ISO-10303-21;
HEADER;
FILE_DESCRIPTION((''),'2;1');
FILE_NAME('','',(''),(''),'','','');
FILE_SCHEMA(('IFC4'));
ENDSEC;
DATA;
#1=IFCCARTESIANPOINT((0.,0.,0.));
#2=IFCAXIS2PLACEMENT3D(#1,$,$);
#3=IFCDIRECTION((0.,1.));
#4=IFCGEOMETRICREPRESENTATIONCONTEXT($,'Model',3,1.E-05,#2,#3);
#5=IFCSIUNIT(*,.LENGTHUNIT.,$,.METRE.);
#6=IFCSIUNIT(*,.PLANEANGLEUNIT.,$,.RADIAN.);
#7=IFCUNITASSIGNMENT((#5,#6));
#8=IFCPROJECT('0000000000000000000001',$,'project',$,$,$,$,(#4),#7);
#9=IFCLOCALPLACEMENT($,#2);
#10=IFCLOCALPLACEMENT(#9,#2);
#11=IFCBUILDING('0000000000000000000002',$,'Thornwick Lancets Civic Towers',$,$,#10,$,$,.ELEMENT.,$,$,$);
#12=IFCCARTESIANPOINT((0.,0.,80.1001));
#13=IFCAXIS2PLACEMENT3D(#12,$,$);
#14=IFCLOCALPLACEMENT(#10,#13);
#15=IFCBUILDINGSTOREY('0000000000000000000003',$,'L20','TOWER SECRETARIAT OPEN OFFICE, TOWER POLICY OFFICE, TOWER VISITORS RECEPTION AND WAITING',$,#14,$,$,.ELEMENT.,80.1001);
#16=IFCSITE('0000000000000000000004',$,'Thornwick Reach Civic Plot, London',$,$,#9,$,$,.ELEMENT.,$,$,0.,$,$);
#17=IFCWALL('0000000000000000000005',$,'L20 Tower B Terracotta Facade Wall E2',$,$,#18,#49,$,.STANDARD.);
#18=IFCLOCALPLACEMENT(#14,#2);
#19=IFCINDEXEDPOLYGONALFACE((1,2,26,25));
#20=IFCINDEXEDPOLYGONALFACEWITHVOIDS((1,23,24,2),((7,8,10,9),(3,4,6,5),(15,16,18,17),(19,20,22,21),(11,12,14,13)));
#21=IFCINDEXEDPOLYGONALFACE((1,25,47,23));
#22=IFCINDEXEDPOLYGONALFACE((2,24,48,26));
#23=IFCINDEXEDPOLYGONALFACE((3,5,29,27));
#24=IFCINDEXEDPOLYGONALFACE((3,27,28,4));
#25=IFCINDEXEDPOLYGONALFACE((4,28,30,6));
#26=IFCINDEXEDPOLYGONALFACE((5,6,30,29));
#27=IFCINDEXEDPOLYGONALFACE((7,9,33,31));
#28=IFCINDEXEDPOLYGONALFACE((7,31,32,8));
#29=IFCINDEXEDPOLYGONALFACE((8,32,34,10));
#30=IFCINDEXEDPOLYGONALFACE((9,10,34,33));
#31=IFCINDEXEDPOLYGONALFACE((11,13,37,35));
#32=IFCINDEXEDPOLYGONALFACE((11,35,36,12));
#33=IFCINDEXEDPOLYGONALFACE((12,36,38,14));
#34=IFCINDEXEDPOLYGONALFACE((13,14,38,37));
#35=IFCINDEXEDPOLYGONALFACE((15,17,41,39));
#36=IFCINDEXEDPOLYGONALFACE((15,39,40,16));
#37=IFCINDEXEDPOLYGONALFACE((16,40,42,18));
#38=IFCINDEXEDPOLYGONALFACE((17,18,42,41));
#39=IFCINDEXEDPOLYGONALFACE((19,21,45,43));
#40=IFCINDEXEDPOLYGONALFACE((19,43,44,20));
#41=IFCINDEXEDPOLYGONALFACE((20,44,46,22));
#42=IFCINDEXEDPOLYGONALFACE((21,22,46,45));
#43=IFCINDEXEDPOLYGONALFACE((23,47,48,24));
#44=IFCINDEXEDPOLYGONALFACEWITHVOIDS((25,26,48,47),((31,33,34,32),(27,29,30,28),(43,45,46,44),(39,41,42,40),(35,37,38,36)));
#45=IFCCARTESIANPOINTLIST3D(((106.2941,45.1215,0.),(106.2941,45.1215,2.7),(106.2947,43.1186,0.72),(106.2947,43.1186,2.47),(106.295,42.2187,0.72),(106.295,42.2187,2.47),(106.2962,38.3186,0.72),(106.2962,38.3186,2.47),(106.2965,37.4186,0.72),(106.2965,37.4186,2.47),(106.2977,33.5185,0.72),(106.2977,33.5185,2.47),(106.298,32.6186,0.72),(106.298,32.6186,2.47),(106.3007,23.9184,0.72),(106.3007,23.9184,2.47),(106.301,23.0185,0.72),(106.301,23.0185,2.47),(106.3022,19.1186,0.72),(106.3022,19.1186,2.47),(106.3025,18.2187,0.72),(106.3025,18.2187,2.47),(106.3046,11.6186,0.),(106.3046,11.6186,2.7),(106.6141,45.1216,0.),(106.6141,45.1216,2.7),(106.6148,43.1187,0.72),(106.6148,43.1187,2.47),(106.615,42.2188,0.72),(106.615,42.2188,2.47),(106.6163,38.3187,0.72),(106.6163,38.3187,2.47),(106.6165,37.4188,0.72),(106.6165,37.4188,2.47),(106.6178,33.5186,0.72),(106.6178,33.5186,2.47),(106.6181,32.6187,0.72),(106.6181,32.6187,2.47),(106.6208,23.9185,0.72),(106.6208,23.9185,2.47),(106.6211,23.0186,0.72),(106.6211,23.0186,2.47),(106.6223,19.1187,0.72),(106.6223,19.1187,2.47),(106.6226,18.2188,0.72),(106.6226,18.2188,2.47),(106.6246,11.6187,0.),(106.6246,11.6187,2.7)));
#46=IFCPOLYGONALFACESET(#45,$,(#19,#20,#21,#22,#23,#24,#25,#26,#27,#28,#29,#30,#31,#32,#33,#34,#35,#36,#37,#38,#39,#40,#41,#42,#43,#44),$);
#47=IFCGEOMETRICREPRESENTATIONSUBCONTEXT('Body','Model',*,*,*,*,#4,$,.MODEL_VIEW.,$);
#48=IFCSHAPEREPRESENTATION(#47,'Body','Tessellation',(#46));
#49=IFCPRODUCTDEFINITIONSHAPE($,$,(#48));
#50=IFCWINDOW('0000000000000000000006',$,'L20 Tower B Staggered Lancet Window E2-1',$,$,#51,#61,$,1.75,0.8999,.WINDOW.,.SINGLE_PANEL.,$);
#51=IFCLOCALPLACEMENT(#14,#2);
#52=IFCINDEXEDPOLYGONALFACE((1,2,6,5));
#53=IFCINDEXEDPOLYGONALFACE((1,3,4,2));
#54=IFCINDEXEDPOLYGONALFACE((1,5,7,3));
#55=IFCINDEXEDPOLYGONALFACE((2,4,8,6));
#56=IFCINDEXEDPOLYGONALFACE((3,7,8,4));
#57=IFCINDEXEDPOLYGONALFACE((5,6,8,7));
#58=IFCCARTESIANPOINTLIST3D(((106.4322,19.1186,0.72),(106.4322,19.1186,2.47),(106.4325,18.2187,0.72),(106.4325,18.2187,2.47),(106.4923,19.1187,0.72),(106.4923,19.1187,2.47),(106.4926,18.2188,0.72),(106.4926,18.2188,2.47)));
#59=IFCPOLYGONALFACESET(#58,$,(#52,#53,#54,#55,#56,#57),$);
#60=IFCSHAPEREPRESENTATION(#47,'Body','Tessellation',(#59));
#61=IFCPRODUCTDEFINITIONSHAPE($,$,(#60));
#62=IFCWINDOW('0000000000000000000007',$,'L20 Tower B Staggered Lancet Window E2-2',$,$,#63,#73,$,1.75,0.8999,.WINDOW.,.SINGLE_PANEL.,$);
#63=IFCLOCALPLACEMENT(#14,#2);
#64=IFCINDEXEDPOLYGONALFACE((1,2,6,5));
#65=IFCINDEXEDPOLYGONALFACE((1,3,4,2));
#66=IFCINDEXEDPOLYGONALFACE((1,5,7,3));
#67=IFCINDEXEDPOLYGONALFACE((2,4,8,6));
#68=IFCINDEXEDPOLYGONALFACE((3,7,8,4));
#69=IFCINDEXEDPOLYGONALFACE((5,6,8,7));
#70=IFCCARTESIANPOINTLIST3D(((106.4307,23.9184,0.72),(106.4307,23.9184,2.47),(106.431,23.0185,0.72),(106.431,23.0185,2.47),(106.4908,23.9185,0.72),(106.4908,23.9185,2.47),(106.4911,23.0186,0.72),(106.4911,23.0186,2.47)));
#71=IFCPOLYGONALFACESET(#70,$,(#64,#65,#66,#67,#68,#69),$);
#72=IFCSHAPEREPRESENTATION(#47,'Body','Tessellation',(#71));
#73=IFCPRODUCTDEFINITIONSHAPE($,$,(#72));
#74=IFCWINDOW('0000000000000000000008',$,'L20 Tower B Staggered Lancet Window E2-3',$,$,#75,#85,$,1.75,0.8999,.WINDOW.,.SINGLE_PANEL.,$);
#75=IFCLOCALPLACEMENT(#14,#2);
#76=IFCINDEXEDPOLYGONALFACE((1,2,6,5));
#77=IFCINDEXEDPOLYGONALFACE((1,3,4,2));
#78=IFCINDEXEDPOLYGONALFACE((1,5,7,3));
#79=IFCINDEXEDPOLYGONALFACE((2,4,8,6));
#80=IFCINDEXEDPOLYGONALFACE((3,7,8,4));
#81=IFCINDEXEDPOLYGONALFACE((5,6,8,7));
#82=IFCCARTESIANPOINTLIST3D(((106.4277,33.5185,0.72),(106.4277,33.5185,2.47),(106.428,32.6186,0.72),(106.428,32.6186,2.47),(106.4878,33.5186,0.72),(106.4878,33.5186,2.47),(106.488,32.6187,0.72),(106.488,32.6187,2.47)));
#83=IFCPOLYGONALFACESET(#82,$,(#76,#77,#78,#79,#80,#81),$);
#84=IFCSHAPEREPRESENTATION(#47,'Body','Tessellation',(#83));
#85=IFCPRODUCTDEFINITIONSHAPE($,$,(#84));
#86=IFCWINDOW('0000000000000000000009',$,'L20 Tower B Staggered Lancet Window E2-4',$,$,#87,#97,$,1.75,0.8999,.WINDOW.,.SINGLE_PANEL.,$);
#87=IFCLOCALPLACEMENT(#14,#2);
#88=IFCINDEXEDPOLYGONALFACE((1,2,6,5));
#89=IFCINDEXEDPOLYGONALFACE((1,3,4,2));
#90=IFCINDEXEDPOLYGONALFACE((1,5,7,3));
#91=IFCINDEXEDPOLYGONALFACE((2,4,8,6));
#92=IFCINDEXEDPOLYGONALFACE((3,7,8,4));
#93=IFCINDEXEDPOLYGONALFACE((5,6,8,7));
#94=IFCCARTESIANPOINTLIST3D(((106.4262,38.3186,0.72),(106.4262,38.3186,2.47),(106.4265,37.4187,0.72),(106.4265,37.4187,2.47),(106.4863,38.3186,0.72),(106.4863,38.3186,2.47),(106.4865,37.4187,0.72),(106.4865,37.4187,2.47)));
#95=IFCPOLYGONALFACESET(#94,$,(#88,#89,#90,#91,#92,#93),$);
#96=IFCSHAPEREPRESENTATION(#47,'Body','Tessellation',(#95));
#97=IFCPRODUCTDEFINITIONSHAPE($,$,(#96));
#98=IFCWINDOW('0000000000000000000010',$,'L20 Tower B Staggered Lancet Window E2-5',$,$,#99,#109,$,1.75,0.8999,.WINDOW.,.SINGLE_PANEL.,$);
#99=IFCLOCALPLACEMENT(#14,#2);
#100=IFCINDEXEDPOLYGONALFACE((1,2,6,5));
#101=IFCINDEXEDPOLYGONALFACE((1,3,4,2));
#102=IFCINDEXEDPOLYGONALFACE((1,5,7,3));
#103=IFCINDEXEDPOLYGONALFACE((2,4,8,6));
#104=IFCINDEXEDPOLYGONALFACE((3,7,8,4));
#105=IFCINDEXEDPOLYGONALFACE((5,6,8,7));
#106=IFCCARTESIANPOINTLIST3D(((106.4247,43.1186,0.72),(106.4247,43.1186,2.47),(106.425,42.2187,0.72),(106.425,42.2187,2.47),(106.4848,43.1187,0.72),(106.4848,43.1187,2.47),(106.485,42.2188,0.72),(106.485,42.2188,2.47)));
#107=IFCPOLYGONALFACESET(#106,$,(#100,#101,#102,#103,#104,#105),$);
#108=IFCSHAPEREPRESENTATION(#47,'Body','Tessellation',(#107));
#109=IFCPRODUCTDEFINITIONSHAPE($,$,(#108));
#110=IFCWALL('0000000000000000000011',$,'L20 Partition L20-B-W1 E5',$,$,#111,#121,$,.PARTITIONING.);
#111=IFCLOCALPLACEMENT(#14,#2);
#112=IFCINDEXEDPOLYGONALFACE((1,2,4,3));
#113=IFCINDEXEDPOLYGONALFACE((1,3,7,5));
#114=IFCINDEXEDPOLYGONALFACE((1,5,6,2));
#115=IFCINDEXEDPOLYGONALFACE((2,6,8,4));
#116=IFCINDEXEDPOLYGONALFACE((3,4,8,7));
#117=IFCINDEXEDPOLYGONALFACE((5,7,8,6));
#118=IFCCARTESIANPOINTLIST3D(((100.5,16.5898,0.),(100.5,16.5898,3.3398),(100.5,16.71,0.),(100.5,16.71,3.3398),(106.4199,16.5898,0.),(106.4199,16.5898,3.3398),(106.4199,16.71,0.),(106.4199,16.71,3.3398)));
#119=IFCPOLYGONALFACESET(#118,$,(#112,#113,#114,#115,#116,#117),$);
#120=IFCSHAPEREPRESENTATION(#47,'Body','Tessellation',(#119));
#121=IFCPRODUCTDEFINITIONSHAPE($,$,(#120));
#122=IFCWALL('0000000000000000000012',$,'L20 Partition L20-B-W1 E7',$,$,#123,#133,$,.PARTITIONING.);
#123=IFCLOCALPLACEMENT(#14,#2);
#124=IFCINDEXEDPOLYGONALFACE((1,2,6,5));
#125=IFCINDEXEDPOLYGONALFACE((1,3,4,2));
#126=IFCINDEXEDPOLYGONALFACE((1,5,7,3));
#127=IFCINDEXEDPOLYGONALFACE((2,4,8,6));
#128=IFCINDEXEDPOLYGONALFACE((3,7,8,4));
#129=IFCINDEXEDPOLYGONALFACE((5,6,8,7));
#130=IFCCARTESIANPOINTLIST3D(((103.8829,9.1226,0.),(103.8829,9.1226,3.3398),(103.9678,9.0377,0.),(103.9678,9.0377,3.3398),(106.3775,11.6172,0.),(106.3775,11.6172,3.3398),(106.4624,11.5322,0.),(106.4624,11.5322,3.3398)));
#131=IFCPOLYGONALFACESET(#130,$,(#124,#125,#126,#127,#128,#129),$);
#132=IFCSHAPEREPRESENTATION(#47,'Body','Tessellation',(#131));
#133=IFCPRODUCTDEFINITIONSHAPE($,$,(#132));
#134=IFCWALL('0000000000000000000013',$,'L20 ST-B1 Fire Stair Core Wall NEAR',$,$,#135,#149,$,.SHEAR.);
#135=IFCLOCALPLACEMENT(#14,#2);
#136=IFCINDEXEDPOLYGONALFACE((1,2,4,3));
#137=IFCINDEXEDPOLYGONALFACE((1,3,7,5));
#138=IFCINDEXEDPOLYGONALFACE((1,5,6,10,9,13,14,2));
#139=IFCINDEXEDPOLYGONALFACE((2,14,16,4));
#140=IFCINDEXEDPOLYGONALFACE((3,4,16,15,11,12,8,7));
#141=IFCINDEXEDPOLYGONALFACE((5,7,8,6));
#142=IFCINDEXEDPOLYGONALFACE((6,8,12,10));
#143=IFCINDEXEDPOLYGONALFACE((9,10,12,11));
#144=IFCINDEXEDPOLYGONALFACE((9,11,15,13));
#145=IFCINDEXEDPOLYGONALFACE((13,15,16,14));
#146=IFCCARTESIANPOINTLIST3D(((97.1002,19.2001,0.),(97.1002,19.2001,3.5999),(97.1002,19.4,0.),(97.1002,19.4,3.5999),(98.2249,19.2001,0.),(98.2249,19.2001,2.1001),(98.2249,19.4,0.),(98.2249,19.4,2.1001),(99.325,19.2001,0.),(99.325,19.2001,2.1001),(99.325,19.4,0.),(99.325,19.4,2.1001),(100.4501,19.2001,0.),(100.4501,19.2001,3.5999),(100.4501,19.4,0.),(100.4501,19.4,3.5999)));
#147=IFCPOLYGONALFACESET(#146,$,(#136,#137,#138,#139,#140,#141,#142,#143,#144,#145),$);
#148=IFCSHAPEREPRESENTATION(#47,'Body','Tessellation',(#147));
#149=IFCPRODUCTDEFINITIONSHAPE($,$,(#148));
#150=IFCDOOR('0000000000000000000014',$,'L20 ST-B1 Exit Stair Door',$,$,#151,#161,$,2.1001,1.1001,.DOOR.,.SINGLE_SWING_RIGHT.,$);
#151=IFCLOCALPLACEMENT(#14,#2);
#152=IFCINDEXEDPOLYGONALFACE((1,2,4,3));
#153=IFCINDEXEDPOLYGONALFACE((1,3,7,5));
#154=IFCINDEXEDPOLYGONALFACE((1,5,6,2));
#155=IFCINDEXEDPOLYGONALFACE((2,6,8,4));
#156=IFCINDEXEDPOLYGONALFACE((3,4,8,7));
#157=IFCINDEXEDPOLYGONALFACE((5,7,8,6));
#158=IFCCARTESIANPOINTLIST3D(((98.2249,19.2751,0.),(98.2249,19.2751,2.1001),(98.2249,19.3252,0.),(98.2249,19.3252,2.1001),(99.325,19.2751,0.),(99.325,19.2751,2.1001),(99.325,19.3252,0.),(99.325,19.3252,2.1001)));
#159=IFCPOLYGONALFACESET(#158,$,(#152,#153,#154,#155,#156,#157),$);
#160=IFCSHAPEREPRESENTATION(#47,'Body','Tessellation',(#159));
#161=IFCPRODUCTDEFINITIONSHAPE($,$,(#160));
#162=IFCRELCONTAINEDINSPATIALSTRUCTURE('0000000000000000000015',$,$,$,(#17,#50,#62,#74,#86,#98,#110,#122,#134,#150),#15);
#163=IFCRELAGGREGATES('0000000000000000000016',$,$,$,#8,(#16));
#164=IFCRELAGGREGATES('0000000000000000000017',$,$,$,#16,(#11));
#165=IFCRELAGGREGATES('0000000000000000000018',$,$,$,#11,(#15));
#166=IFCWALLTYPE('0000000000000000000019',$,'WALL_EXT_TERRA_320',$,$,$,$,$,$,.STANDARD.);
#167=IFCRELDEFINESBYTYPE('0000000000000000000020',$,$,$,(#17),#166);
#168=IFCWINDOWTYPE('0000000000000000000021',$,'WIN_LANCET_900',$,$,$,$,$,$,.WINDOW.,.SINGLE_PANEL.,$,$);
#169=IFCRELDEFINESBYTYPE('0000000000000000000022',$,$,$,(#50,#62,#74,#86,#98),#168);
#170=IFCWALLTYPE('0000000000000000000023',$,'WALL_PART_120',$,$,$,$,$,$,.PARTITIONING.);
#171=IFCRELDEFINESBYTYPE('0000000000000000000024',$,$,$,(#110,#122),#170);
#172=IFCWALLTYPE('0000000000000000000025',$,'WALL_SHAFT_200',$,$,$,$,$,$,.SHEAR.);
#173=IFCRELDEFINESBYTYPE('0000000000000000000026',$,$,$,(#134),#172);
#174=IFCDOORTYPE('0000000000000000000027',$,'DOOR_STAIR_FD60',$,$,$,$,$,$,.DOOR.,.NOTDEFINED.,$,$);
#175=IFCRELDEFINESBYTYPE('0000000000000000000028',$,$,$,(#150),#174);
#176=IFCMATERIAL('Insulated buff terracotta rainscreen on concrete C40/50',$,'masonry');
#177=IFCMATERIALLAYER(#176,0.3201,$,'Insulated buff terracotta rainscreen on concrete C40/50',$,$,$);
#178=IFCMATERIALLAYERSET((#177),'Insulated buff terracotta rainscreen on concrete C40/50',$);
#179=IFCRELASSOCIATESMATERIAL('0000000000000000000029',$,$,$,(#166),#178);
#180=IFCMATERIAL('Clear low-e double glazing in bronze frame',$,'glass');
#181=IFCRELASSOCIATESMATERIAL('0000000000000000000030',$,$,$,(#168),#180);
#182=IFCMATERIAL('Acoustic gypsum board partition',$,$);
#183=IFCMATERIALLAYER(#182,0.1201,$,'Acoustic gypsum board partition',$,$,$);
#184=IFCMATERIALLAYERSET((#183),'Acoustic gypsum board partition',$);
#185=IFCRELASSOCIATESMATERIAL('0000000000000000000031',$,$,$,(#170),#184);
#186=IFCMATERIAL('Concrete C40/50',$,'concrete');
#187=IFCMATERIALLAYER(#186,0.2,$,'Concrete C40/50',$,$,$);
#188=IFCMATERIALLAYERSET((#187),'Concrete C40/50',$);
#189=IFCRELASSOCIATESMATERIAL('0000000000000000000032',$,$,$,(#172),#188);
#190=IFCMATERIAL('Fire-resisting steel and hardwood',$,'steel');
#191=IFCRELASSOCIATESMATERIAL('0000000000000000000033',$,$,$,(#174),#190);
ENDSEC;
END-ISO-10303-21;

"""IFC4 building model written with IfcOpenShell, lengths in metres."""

from ifc_helpers import new_model, si_unit, direction, frame, frame_2d, origin, place, context, subcontext, project, spatial, rectangle, extrude, material, layer, layer_set, type_object, element, fill, save


model = new_model("IFC4")

# Units and contexts
model_context = context("Model", 3, precision=1e-05, world=origin(), true_north=direction((0.0, 1.0)))
body_context = subcontext(model_context, "Body", "Model", "MODEL_VIEW")
ifc_project = project(units=[si_unit("LENGTHUNIT", "METRE"), si_unit("PLANEANGLEUNIT", "RADIAN")], contexts=[model_context])

# Site, building, storey
site_placement = place(None, origin())
site = spatial("IfcSite", under=ifc_project, at=site_placement, Name="Thornwick Reach Civic Plot, London", CompositionType="ELEMENT", RefElevation=0.0)
building_placement = place(site_placement, origin())
building = spatial("IfcBuilding", under=site, at=building_placement, Name="Thornwick Lancets Civic Towers", CompositionType="ELEMENT")
storey_placement = place(building_placement, frame((0.0, 0.0, 80.1001)))
storey = spatial("IfcBuildingStorey", under=building, at=storey_placement, Name="L20", Description="TOWER SECRETARIAT OPEN OFFICE, TOWER POLICY OFFICE, TOWER VISITORS RECEPTION AND WAITING", CompositionType="ELEMENT", Elevation=80.1001)

# Shared definitions
ifc_material_1 = material(Name="Concrete C40/50", Category="concrete")

# Wall, openings, windows
ifc_material_2 = material(Name="Insulated buff terracotta rainscreen on concrete C40/50", Category="masonry")
ifc_layer_1 = layer(ifc_material_2, 0.3201, Name="Insulated buff terracotta rainscreen on concrete C40/50")
ifc_layer_set_1 = layer_set([ifc_layer_1], Name="Insulated buff terracotta rainscreen on concrete C40/50")
wall_type_1 = type_object("IfcWallType", Name="WALL_EXT_TERRA_320", PredefinedType="STANDARD", material=ifc_layer_set_1)
wall_1_placement = place(storey_placement, frame((106.4646, 11.6187, 0.0), z_axis=(0.0, 0.0, 1.0), x_axis=(-0.000313, 1.0, 0.0)))
wall_1 = element("IfcWall", 1, at=wall_1_placement, inside=storey, type_object=wall_type_1, Name="L20 Tower B Terracotta Facade Wall E2", PredefinedType="STANDARD", context=body_context, shape_type="SweptSolid", body=[
    extrude(rectangle(XDim=33.5029, YDim=0.3201, at=frame_2d((16.7515, 0.0))), origin(), (0.0, 0.0, 1.0), 2.7),
])
opening_1_placement = place(wall_1_placement, frame((6.6001, 0.0, 0.72)))
opening_1 = element("IfcOpeningElement", 2, at=opening_1_placement, cuts=wall_1, PredefinedType="OPENING", context=body_context, shape_type="SweptSolid", body=[
    extrude(rectangle(XDim=0.8999, YDim=1.75, at=frame_2d((0.45, 0.875))), frame((0.0, 0.1699, 0.0), z_axis=(0.0, -1.0, 0.0), x_axis=(1.0, 0.0, 0.0)), (0.0, 0.0, 1.0), 0.3401),
])
opening_2_placement = place(wall_1_placement, frame((11.3999, 0.0, 0.72)))
opening_2 = element("IfcOpeningElement", 3, at=opening_2_placement, cuts=wall_1, PredefinedType="OPENING", context=body_context, shape_type="SweptSolid", body=[
    extrude(rectangle(XDim=0.8999, YDim=1.75, at=frame_2d((0.45, 0.875))), frame((0.0, 0.1699, 0.0), z_axis=(0.0, -1.0, 0.0), x_axis=(1.0, 0.0, 0.0)), (0.0, 0.0, 1.0), 0.3401),
])
opening_3_placement = place(wall_1_placement, frame((21.0, 0.0, 0.72)))
opening_3 = element("IfcOpeningElement", 4, at=opening_3_placement, cuts=wall_1, PredefinedType="OPENING", context=body_context, shape_type="SweptSolid", body=[
    extrude(rectangle(XDim=0.8999, YDim=1.75, at=frame_2d((0.45, 0.875))), frame((0.0, 0.1699, 0.0), z_axis=(0.0, -1.0, 0.0), x_axis=(1.0, 0.0, 0.0)), (0.0, 0.0, 1.0), 0.3401),
])
opening_4_placement = place(wall_1_placement, frame((25.8, 0.0, 0.72)))
opening_4 = element("IfcOpeningElement", 5, at=opening_4_placement, cuts=wall_1, PredefinedType="OPENING", context=body_context, shape_type="SweptSolid", body=[
    extrude(rectangle(XDim=0.8999, YDim=1.75, at=frame_2d((0.45, 0.875))), frame((0.0, 0.1699, 0.0), z_axis=(0.0, -1.0, 0.0), x_axis=(1.0, 0.0, 0.0)), (0.0, 0.0, 1.0), 0.3401),
])
opening_5_placement = place(wall_1_placement, frame((30.6001, 0.0, 0.72)))
opening_5 = element("IfcOpeningElement", 6, at=opening_5_placement, cuts=wall_1, PredefinedType="OPENING", context=body_context, shape_type="SweptSolid", body=[
    extrude(rectangle(XDim=0.8999, YDim=1.75, at=frame_2d((0.45, 0.875))), frame((0.0, 0.1699, 0.0), z_axis=(0.0, -1.0, 0.0), x_axis=(1.0, 0.0, 0.0)), (0.0, 0.0, 1.0), 0.3401),
])
ifc_material_3 = material(Name="Clear low-e double glazing in bronze frame", Category="glass")
window_type = type_object("IfcWindowType", Name="WIN_LANCET_900", PartitioningType="SINGLE_PANEL", PredefinedType="WINDOW", material=ifc_material_3)
window_1_placement = place(opening_1_placement, origin())
window_1 = element("IfcWindow", 7, at=window_1_placement, inside=storey, type_object=window_type, Name="L20 Tower B Staggered Lancet Window E2-1", OverallHeight=1.75, OverallWidth=0.8999, PartitioningType="SINGLE_PANEL", PredefinedType="WINDOW", context=body_context, shape_type="SweptSolid", body=[
    extrude(rectangle(XDim=0.8999, YDim=1.75, at=frame_2d((0.45, 0.875))), frame((0.0, 0.03, 0.0), z_axis=(0.0, -1.0, 0.0), x_axis=(1.0, 0.0, 0.0)), (0.0, 0.0, 1.0), 0.0601),
])
fill(opening_1, window_1)
window_2_placement = place(opening_2_placement, origin())
window_2 = element("IfcWindow", 8, at=window_2_placement, inside=storey, type_object=window_type, Name="L20 Tower B Staggered Lancet Window E2-2", OverallHeight=1.75, OverallWidth=0.8999, PartitioningType="SINGLE_PANEL", PredefinedType="WINDOW", context=body_context, shape_type="SweptSolid", body=[
    extrude(rectangle(XDim=0.8999, YDim=1.75, at=frame_2d((0.45, 0.875))), frame((0.0, 0.03, 0.0), z_axis=(0.0, -1.0, 0.0), x_axis=(1.0, 0.0, 0.0)), (0.0, 0.0, 1.0), 0.0601),
])
fill(opening_2, window_2)
window_3_placement = place(opening_3_placement, origin())
window_3 = element("IfcWindow", 9, at=window_3_placement, inside=storey, type_object=window_type, Name="L20 Tower B Staggered Lancet Window E2-3", OverallHeight=1.75, OverallWidth=0.8999, PartitioningType="SINGLE_PANEL", PredefinedType="WINDOW", context=body_context, shape_type="SweptSolid", body=[
    extrude(rectangle(XDim=0.8999, YDim=1.75, at=frame_2d((0.45, 0.875))), frame((0.0, 0.03, 0.0), z_axis=(0.0, -1.0, 0.0), x_axis=(1.0, 0.0, 0.0)), (0.0, 0.0, 1.0), 0.0601),
])
fill(opening_3, window_3)
window_4_placement = place(opening_4_placement, origin())
window_4 = element("IfcWindow", 10, at=window_4_placement, inside=storey, type_object=window_type, Name="L20 Tower B Staggered Lancet Window E2-4", OverallHeight=1.75, OverallWidth=0.8999, PartitioningType="SINGLE_PANEL", PredefinedType="WINDOW", context=body_context, shape_type="SweptSolid", body=[
    extrude(rectangle(XDim=0.8999, YDim=1.75, at=frame_2d((0.45, 0.875))), frame((0.0, 0.03, 0.0), z_axis=(0.0, -1.0, 0.0), x_axis=(1.0, 0.0, 0.0)), (0.0, 0.0, 1.0), 0.0601),
])
fill(opening_4, window_4)
window_5_placement = place(opening_5_placement, origin())
window_5 = element("IfcWindow", 11, at=window_5_placement, inside=storey, type_object=window_type, Name="L20 Tower B Staggered Lancet Window E2-5", OverallHeight=1.75, OverallWidth=0.8999, PartitioningType="SINGLE_PANEL", PredefinedType="WINDOW", context=body_context, shape_type="SweptSolid", body=[
    extrude(rectangle(XDim=0.8999, YDim=1.75, at=frame_2d((0.45, 0.875))), frame((0.0, 0.03, 0.0), z_axis=(0.0, -1.0, 0.0), x_axis=(1.0, 0.0, 0.0)), (0.0, 0.0, 1.0), 0.0601),
])
fill(opening_5, window_5)

# Walls
ifc_material_4 = material(Name="Acoustic gypsum board partition")
ifc_layer_2 = layer(ifc_material_4, 0.1201, Name="Acoustic gypsum board partition")
ifc_layer_set_2 = layer_set([ifc_layer_2], Name="Acoustic gypsum board partition")
wall_type_2 = type_object("IfcWallType", Name="WALL_PART_120", PredefinedType="PARTITIONING", material=ifc_layer_set_2)
wall_2_placement = place(storey_placement, frame((100.5, 16.6499, 0.0), z_axis=(0.0, 0.0, 1.0), x_axis=(1.0, 0.0, 0.0)))
element("IfcWall", 12, at=wall_2_placement, inside=storey, type_object=wall_type_2, Name="L20 Partition L20-B-W1 E5", PredefinedType="PARTITIONING", context=body_context, shape_type="SweptSolid", body=[
    extrude(rectangle(XDim=5.9199, YDim=0.1201, at=frame_2d((2.96, 0.0))), origin(), (0.0, 0.0, 1.0), 3.3398),
])
wall_3_placement = place(storey_placement, frame((106.4199, 11.5747, 0.0), z_axis=(0.0, 0.0, 1.0), x_axis=(-0.707107, -0.707107, 0.0)))
element("IfcWall", 13, at=wall_3_placement, inside=storey, type_object=wall_type_2, Name="L20 Partition L20-B-W1 E7", PredefinedType="PARTITIONING", context=body_context, shape_type="SweptSolid", body=[
    extrude(rectangle(XDim=3.5278, YDim=0.1201, at=frame_2d((1.7639, 0.0))), origin(), (0.0, 0.0, 1.0), 3.3398),
])

# Wall, opening, door
ifc_layer_3 = layer(ifc_material_1, 0.2, Name="Concrete C40/50")
ifc_layer_set_3 = layer_set([ifc_layer_3], Name="Concrete C40/50")
wall_type_3 = type_object("IfcWallType", Name="WALL_SHAFT_200", PredefinedType="SHEAR", material=ifc_layer_set_3)
wall_4_placement = place(storey_placement, frame((100.45, 19.3, 0.0), z_axis=(0.0, 0.0, 1.0), x_axis=(-1.0, 0.0, 0.0)))
wall_4 = element("IfcWall", 14, at=wall_4_placement, inside=storey, type_object=wall_type_3, Name="L20 ST-B1 Fire Stair Core Wall NEAR", PredefinedType="SHEAR", context=body_context, shape_type="SweptSolid", body=[
    extrude(rectangle(XDim=3.3499, YDim=0.2, at=frame_2d((1.6748, 0.0))), origin(), (0.0, 0.0, 1.0), 3.5999),
])
opening_6_placement = place(wall_4_placement, frame((1.125, 0.0, 0.0)))
opening_6 = element("IfcOpeningElement", 15, at=opening_6_placement, cuts=wall_4, PredefinedType="OPENING", context=body_context, shape_type="SweptSolid", body=[
    extrude(rectangle(XDim=1.1001, YDim=2.1001, at=frame_2d((0.55, 1.05))), frame((0.0, 0.1099, 0.0), z_axis=(0.0, -1.0, 0.0), x_axis=(1.0, 0.0, 0.0)), (0.0, 0.0, 1.0), 0.22),
])
ifc_material_5 = material(Name="Fire-resisting steel and hardwood", Category="steel")
door_type = type_object("IfcDoorType", Name="DOOR_STAIR_FD60", OperationType="NOTDEFINED", PredefinedType="DOOR", material=ifc_material_5)
door_placement = place(opening_6_placement, origin())
door = element("IfcDoor", 16, at=door_placement, inside=storey, type_object=door_type, Name="L20 ST-B1 Exit Stair Door", OperationType="SINGLE_SWING_RIGHT", OverallHeight=2.1001, OverallWidth=1.1001, PredefinedType="DOOR", context=body_context, shape_type="SweptSolid", body=[
    extrude(rectangle(XDim=1.1001, YDim=2.1001, at=frame_2d((0.55, 1.05))), frame((0.0, 0.0249, 0.0), z_axis=(0.0, -1.0, 0.0), x_axis=(1.0, 0.0, 0.0)), (0.0, 0.0, 1.0), 0.05),
])
fill(opening_6, door)

save(model, "model.ifc")
